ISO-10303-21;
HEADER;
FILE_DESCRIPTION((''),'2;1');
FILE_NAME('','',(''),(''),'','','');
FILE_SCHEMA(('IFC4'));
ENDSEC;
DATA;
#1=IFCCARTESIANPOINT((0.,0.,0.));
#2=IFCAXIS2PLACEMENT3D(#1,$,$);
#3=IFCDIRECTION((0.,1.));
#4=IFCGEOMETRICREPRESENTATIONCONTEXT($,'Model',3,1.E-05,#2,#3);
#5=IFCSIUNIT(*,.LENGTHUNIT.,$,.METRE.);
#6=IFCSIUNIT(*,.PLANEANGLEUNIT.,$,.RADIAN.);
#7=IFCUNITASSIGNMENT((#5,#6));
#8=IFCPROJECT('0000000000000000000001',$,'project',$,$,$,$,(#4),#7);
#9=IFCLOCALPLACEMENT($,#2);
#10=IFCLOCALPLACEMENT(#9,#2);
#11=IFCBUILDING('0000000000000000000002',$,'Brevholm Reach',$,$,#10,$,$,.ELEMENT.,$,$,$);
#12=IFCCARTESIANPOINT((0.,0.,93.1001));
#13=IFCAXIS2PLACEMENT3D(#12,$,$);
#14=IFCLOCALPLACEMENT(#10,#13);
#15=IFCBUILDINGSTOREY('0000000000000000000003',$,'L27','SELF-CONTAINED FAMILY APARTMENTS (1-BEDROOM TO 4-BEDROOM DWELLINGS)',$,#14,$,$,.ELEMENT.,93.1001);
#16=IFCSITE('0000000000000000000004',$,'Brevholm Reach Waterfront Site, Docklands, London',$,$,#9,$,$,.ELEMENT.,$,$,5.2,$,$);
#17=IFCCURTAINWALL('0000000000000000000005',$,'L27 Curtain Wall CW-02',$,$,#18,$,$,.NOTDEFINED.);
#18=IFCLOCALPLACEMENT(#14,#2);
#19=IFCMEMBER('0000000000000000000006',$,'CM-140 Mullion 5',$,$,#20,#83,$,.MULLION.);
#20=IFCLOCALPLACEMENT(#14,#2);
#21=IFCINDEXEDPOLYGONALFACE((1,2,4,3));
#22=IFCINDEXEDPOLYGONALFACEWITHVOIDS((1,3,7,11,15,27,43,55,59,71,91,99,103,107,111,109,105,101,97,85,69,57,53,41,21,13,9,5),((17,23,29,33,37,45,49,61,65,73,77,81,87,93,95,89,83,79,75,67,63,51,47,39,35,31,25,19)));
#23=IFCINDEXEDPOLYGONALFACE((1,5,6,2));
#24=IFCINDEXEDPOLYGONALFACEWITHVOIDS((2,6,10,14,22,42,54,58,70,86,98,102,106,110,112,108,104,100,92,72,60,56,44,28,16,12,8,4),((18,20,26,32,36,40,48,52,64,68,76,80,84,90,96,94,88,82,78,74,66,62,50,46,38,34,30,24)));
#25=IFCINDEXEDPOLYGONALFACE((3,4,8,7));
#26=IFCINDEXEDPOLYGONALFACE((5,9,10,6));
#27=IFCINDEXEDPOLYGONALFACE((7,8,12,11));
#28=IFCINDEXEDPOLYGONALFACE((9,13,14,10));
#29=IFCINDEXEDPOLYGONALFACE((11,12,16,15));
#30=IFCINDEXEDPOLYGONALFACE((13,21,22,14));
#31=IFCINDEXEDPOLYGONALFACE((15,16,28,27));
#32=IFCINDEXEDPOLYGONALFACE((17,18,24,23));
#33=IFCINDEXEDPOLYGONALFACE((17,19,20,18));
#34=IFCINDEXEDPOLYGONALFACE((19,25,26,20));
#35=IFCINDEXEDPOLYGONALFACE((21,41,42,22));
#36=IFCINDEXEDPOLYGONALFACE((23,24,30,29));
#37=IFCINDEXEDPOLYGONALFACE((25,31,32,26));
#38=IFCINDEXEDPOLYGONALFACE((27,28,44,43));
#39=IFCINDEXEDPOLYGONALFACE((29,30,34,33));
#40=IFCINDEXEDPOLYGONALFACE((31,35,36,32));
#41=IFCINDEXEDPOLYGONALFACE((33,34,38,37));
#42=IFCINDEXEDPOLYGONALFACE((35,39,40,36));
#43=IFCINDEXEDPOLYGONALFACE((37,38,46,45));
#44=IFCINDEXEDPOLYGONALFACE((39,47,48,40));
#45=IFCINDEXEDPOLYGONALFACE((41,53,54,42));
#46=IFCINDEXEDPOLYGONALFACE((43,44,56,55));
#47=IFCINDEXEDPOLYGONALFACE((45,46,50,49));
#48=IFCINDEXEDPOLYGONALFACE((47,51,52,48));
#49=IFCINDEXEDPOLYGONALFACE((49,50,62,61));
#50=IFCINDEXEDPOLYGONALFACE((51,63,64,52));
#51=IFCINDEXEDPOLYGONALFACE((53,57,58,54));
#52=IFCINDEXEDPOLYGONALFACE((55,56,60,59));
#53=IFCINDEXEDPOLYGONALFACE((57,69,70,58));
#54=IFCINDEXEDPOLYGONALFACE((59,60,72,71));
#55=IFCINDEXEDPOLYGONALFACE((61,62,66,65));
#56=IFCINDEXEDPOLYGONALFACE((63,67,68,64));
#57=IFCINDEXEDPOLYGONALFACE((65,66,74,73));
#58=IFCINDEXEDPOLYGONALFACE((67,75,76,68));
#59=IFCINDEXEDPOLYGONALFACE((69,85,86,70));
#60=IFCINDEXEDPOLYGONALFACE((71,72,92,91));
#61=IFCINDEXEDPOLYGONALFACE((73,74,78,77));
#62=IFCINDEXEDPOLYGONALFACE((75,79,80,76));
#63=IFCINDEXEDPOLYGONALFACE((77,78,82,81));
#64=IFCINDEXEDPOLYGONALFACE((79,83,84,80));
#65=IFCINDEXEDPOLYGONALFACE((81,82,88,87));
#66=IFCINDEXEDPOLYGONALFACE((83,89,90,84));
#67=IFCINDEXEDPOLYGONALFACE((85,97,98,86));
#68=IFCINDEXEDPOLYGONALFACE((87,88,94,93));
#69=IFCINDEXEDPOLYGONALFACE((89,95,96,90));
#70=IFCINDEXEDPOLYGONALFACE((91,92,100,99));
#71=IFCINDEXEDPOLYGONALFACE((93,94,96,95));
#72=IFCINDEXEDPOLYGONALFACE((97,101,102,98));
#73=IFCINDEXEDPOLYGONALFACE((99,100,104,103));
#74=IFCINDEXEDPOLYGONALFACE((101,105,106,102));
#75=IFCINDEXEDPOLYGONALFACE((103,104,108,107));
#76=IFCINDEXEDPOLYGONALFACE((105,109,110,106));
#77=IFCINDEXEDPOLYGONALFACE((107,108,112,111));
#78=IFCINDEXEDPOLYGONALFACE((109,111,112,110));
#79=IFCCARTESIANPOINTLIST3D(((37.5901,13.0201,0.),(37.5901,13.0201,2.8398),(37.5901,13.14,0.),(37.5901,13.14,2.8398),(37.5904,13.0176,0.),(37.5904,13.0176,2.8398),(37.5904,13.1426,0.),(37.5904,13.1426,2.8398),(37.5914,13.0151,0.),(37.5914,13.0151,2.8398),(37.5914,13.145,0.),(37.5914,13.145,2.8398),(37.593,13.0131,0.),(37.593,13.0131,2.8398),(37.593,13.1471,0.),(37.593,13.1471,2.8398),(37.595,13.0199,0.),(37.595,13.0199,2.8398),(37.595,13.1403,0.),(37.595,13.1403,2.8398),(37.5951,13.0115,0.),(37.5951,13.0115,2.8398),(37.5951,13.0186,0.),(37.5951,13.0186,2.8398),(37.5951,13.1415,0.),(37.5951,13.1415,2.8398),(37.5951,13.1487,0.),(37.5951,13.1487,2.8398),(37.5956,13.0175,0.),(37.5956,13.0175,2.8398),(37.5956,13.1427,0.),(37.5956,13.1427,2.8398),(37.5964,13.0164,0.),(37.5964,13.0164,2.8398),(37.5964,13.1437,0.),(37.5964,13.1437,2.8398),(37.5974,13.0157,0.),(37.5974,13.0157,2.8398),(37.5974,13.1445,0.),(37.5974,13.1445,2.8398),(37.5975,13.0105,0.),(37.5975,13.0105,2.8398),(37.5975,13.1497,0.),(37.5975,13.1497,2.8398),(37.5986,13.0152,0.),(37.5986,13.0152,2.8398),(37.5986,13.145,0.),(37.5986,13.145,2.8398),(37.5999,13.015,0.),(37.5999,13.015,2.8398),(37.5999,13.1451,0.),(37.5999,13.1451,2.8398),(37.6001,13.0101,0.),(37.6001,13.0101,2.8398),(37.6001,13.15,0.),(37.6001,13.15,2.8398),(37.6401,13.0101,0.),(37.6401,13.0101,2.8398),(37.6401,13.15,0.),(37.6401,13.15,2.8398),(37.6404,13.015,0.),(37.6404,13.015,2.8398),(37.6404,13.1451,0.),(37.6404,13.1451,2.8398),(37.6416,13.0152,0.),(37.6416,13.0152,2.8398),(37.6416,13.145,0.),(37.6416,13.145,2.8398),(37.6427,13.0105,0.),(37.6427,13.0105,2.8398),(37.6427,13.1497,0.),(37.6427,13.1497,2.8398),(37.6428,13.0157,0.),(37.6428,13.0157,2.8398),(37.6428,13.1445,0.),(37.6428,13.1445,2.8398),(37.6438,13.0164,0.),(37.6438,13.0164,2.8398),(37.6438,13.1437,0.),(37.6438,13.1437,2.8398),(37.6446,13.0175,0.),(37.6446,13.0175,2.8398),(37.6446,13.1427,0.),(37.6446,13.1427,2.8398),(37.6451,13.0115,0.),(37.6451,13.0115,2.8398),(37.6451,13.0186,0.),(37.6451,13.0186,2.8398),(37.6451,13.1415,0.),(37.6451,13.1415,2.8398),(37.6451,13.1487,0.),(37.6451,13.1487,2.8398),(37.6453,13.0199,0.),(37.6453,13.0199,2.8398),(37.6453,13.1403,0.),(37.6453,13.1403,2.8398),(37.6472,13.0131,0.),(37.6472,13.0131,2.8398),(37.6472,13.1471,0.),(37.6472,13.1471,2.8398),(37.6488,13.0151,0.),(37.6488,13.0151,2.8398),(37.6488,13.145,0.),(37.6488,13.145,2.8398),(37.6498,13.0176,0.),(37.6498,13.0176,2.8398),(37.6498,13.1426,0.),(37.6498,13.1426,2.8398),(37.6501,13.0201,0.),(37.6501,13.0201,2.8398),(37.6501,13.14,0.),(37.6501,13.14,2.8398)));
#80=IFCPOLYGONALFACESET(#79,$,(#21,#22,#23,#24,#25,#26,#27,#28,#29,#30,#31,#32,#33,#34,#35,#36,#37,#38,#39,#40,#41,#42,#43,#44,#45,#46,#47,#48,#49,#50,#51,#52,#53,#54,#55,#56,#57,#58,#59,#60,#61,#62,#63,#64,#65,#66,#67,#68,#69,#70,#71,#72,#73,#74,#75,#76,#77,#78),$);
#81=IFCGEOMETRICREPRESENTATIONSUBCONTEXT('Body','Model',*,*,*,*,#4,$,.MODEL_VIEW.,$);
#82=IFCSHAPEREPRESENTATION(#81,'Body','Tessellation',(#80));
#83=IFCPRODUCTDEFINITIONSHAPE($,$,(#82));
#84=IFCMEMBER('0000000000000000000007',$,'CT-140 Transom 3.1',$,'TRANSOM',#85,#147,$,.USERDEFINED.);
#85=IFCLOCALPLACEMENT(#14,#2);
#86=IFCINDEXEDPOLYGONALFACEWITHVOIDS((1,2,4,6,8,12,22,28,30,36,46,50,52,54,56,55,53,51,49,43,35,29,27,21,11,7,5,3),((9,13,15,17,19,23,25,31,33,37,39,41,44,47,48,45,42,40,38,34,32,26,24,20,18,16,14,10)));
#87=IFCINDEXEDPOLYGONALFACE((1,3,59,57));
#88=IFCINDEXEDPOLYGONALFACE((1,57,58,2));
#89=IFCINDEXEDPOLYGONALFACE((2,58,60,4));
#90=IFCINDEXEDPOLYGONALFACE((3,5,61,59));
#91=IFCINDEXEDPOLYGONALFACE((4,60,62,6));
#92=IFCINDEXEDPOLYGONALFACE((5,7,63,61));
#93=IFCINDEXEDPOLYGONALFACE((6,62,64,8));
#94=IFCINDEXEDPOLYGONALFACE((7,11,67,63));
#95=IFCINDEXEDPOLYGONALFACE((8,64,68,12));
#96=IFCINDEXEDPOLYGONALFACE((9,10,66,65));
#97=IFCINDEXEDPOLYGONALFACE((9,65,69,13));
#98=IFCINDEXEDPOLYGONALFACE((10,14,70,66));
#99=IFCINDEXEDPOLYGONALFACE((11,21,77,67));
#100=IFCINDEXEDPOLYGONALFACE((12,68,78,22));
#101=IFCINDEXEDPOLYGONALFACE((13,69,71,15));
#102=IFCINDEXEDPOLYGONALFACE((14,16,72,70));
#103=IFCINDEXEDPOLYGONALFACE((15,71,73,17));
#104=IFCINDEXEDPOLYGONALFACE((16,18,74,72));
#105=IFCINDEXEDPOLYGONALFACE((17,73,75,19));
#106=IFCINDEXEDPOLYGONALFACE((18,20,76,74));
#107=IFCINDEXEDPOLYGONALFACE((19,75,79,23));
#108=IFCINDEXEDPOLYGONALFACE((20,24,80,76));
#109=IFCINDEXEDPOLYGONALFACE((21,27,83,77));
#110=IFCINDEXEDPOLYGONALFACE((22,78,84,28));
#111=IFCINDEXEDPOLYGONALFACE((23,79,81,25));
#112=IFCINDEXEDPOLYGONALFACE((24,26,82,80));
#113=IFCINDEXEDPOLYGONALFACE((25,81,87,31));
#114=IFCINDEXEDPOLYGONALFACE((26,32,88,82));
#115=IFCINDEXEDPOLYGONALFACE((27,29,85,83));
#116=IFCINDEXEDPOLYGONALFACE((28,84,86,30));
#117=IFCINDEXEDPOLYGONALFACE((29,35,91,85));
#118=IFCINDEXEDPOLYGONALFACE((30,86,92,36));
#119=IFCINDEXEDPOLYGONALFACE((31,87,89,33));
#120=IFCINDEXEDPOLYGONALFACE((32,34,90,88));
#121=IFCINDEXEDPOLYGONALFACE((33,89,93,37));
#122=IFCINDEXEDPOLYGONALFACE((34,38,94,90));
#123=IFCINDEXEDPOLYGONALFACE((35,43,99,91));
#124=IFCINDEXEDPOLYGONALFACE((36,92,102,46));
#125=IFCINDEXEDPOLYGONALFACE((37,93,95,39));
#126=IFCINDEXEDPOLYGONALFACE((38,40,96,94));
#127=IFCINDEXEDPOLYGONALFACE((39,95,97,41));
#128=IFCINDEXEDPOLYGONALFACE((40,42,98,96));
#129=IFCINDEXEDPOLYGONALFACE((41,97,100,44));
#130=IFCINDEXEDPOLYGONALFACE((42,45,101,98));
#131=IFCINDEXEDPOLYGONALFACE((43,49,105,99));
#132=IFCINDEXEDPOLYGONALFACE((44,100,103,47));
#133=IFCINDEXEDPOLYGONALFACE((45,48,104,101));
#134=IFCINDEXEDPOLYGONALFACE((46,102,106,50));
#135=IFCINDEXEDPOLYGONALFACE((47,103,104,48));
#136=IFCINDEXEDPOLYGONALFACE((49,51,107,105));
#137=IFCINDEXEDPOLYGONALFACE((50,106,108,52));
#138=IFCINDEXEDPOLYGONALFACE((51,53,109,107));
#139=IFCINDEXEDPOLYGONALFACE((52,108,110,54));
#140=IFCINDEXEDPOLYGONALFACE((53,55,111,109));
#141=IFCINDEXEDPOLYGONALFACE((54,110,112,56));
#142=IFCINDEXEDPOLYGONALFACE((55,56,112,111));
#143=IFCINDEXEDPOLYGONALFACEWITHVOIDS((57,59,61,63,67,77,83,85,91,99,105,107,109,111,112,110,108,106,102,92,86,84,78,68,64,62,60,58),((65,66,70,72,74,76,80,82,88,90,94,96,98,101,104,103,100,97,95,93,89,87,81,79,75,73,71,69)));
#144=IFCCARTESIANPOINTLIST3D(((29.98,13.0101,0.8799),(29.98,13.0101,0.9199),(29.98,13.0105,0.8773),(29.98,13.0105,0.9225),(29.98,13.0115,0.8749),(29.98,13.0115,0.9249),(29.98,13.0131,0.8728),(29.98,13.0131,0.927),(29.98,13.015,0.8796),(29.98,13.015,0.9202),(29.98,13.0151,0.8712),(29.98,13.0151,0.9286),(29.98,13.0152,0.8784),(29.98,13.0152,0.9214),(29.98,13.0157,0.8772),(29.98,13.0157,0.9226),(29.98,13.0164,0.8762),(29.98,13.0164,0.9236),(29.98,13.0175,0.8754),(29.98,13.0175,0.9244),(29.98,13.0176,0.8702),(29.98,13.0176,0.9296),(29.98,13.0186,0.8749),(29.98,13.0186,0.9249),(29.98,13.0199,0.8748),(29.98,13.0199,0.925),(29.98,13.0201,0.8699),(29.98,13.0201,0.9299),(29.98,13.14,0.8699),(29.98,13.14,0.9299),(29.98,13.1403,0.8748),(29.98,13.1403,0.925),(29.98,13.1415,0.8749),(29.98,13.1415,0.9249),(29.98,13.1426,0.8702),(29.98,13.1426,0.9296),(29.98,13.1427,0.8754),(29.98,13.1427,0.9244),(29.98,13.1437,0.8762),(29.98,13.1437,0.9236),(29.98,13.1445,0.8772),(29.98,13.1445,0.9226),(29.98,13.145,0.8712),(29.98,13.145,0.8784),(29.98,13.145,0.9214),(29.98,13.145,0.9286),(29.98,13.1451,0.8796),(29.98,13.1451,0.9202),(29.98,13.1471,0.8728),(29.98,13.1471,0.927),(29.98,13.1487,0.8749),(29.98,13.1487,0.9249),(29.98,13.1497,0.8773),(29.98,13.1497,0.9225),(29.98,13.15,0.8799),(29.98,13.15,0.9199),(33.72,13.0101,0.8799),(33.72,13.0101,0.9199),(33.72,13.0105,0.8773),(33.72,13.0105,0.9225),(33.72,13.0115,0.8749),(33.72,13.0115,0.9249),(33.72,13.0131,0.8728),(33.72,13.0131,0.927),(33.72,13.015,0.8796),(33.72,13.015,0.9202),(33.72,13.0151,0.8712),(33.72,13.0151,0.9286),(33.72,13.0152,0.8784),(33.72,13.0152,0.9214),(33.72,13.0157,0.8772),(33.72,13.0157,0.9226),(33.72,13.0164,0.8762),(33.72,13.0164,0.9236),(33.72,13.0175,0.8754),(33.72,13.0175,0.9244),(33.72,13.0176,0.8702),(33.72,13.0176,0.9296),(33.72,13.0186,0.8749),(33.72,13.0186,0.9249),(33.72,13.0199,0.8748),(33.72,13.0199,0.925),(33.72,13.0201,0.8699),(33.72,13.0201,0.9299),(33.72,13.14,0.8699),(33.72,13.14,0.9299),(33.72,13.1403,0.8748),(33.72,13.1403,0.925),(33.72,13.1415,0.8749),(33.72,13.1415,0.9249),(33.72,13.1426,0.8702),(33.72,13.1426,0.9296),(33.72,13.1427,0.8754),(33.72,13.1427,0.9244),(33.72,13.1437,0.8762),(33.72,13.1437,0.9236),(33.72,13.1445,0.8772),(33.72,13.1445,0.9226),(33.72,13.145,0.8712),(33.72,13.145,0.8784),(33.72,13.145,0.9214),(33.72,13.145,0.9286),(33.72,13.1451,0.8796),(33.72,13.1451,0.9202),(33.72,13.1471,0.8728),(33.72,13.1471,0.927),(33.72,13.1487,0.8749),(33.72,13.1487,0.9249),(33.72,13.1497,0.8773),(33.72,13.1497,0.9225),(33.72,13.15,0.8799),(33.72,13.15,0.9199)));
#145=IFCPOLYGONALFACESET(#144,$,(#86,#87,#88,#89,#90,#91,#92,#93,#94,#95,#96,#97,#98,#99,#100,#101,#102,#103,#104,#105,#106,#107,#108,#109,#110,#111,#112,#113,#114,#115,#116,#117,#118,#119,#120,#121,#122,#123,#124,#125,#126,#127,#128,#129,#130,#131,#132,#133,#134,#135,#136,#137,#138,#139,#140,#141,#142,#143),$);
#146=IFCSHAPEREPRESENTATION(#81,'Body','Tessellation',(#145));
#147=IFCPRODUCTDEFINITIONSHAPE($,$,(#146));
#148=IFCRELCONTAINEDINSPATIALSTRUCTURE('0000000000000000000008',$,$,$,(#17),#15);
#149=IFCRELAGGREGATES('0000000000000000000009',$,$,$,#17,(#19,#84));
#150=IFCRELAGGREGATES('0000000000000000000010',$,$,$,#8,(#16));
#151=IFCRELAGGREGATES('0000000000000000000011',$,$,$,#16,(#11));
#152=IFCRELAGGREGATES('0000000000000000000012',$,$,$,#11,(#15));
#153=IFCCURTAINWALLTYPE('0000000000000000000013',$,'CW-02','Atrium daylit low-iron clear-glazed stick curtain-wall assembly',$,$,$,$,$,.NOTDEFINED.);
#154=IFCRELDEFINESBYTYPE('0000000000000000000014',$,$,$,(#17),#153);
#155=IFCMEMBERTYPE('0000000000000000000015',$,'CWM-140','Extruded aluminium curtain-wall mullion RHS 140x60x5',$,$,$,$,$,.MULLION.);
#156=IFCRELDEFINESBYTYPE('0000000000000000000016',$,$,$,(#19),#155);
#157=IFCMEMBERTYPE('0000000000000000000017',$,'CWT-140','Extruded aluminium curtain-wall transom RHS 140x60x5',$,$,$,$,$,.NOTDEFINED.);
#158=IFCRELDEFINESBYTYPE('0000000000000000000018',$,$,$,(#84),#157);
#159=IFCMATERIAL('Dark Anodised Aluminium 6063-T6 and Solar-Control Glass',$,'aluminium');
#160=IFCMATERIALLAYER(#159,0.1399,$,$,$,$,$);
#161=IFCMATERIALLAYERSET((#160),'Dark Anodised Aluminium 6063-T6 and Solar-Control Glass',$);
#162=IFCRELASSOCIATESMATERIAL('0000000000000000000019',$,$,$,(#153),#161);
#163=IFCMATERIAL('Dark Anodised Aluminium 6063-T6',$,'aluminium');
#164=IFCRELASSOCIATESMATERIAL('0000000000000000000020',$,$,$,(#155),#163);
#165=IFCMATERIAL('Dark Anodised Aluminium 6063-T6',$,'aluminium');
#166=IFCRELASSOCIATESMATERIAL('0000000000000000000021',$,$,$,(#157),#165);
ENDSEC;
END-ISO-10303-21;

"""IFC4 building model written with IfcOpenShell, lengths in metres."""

from ifc_helpers import new_model, si_unit, direction, frame, origin, origin_2d, place, context, subcontext, project, spatial, hollow_rectangle, extrude, material, layer, layer_set, material_profile, profile_set, type_object, element, aggregate, save


model = new_model("IFC4")

# Units and contexts
model_context = context("Model", 3, precision=1e-05, world=origin(), true_north=direction((0.0, 1.0)))
body_context = subcontext(model_context, "Body", "Model", "MODEL_VIEW")
ifc_project = project(units=[si_unit("LENGTHUNIT", "METRE"), si_unit("PLANEANGLEUNIT", "RADIAN")], contexts=[model_context])

# Site, building, storey
site_placement = place(None, origin())
site = spatial("IfcSite", under=ifc_project, at=site_placement, Name="Brevholm Reach Waterfront Site, Docklands, London", CompositionType="ELEMENT", RefElevation=5.2)
building_placement = place(site_placement, origin())
building = spatial("IfcBuilding", under=site, at=building_placement, Name="Brevholm Reach", CompositionType="ELEMENT")
storey_placement = place(building_placement, frame((0.0, 0.0, 93.1001)))
storey = spatial("IfcBuildingStorey", under=building, at=storey_placement, Name="L27", Description="SELF-CONTAINED FAMILY APARTMENTS (1-BEDROOM TO 4-BEDROOM DWELLINGS)", CompositionType="ELEMENT", Elevation=93.1001)

# Curtain wall, members
ifc_material_1 = material(Name="Dark Anodised Aluminium 6063-T6 and Solar-Control Glass", Category="aluminium")
ifc_layer_1 = layer(ifc_material_1, 0.1399)
ifc_layer_set_1 = layer_set([ifc_layer_1], Name="Dark Anodised Aluminium 6063-T6 and Solar-Control Glass")
curtain_wall_type = type_object("IfcCurtainWallType", Name="CW-02", Description="Atrium daylit low-iron clear-glazed stick curtain-wall assembly", PredefinedType="NOTDEFINED", material=ifc_layer_set_1)
curtain_wall_placement = place(storey_placement, origin())
curtain_wall = element("IfcCurtainWall", 1, at=curtain_wall_placement, inside=storey, type_object=curtain_wall_type, Name="L27 Curtain Wall CW-02", PredefinedType="NOTDEFINED")
ifc_material_2 = material(Name="Dark Anodised Aluminium 6063-T6", Category="aluminium")
ifc_material_profile_1 = material_profile(ifc_material_2, hollow_rectangle(XDim=0.0601, YDim=0.1399, WallThickness=0.0049, InnerFilletRadius=0.0049, OuterFilletRadius=0.01, at=origin_2d()), Name="RHS 140x60x5")
ifc_profile_set_1 = profile_set([ifc_material_profile_1], Name="Dark Anodised Aluminium 6063-T6")
member_type_1 = type_object("IfcMemberType", Name="CWM-140", Description="Extruded aluminium curtain-wall mullion RHS 140x60x5", PredefinedType="MULLION", material=ifc_profile_set_1)
member_1_placement = place(storey_placement, frame((37.6201, 13.0801, 0.0), z_axis=(0.0, 0.0, 1.0), x_axis=(1.0, 0.0, 0.0)))
member_1 = element("IfcMember", 2, at=member_1_placement, type_object=member_type_1, Name="CM-140 Mullion 5", PredefinedType="MULLION", context=body_context, shape_type="SweptSolid", body=[
    extrude(hollow_rectangle(XDim=0.0601, YDim=0.1399, WallThickness=0.0049, InnerFilletRadius=0.0049, OuterFilletRadius=0.01, at=origin_2d()), origin(), (0.0, 0.0, 1.0), 2.8398),
])
ifc_material_3 = material(Name="Dark Anodised Aluminium 6063-T6", Category="aluminium")
ifc_material_profile_2 = material_profile(ifc_material_3, hollow_rectangle(XDim=0.0601, YDim=0.1399, WallThickness=0.0049, InnerFilletRadius=0.0049, OuterFilletRadius=0.01, at=origin_2d()), Name="RHS 140x60x5")
ifc_profile_set_2 = profile_set([ifc_material_profile_2], Name="Dark Anodised Aluminium 6063-T6")
member_type_2 = type_object("IfcMemberType", Name="CWT-140", Description="Extruded aluminium curtain-wall transom RHS 140x60x5", PredefinedType="NOTDEFINED", material=ifc_profile_set_2)
member_2_placement = place(storey_placement, frame((29.98, 13.0801, 0.8999), z_axis=(1.0, 0.0, 0.0), x_axis=(0.0, 0.0, 1.0)))
member_2 = element("IfcMember", 3, at=member_2_placement, type_object=member_type_2, Name="CT-140 Transom 3.1", ObjectType="TRANSOM", PredefinedType="USERDEFINED", context=body_context, shape_type="SweptSolid", body=[
    extrude(hollow_rectangle(XDim=0.0601, YDim=0.1399, WallThickness=0.0049, InnerFilletRadius=0.0049, OuterFilletRadius=0.01, at=origin_2d()), origin(), (0.0, 0.0, 1.0), 3.74),
])
aggregate(curtain_wall, [member_1, member_2])

save(model, "model.ifc")
